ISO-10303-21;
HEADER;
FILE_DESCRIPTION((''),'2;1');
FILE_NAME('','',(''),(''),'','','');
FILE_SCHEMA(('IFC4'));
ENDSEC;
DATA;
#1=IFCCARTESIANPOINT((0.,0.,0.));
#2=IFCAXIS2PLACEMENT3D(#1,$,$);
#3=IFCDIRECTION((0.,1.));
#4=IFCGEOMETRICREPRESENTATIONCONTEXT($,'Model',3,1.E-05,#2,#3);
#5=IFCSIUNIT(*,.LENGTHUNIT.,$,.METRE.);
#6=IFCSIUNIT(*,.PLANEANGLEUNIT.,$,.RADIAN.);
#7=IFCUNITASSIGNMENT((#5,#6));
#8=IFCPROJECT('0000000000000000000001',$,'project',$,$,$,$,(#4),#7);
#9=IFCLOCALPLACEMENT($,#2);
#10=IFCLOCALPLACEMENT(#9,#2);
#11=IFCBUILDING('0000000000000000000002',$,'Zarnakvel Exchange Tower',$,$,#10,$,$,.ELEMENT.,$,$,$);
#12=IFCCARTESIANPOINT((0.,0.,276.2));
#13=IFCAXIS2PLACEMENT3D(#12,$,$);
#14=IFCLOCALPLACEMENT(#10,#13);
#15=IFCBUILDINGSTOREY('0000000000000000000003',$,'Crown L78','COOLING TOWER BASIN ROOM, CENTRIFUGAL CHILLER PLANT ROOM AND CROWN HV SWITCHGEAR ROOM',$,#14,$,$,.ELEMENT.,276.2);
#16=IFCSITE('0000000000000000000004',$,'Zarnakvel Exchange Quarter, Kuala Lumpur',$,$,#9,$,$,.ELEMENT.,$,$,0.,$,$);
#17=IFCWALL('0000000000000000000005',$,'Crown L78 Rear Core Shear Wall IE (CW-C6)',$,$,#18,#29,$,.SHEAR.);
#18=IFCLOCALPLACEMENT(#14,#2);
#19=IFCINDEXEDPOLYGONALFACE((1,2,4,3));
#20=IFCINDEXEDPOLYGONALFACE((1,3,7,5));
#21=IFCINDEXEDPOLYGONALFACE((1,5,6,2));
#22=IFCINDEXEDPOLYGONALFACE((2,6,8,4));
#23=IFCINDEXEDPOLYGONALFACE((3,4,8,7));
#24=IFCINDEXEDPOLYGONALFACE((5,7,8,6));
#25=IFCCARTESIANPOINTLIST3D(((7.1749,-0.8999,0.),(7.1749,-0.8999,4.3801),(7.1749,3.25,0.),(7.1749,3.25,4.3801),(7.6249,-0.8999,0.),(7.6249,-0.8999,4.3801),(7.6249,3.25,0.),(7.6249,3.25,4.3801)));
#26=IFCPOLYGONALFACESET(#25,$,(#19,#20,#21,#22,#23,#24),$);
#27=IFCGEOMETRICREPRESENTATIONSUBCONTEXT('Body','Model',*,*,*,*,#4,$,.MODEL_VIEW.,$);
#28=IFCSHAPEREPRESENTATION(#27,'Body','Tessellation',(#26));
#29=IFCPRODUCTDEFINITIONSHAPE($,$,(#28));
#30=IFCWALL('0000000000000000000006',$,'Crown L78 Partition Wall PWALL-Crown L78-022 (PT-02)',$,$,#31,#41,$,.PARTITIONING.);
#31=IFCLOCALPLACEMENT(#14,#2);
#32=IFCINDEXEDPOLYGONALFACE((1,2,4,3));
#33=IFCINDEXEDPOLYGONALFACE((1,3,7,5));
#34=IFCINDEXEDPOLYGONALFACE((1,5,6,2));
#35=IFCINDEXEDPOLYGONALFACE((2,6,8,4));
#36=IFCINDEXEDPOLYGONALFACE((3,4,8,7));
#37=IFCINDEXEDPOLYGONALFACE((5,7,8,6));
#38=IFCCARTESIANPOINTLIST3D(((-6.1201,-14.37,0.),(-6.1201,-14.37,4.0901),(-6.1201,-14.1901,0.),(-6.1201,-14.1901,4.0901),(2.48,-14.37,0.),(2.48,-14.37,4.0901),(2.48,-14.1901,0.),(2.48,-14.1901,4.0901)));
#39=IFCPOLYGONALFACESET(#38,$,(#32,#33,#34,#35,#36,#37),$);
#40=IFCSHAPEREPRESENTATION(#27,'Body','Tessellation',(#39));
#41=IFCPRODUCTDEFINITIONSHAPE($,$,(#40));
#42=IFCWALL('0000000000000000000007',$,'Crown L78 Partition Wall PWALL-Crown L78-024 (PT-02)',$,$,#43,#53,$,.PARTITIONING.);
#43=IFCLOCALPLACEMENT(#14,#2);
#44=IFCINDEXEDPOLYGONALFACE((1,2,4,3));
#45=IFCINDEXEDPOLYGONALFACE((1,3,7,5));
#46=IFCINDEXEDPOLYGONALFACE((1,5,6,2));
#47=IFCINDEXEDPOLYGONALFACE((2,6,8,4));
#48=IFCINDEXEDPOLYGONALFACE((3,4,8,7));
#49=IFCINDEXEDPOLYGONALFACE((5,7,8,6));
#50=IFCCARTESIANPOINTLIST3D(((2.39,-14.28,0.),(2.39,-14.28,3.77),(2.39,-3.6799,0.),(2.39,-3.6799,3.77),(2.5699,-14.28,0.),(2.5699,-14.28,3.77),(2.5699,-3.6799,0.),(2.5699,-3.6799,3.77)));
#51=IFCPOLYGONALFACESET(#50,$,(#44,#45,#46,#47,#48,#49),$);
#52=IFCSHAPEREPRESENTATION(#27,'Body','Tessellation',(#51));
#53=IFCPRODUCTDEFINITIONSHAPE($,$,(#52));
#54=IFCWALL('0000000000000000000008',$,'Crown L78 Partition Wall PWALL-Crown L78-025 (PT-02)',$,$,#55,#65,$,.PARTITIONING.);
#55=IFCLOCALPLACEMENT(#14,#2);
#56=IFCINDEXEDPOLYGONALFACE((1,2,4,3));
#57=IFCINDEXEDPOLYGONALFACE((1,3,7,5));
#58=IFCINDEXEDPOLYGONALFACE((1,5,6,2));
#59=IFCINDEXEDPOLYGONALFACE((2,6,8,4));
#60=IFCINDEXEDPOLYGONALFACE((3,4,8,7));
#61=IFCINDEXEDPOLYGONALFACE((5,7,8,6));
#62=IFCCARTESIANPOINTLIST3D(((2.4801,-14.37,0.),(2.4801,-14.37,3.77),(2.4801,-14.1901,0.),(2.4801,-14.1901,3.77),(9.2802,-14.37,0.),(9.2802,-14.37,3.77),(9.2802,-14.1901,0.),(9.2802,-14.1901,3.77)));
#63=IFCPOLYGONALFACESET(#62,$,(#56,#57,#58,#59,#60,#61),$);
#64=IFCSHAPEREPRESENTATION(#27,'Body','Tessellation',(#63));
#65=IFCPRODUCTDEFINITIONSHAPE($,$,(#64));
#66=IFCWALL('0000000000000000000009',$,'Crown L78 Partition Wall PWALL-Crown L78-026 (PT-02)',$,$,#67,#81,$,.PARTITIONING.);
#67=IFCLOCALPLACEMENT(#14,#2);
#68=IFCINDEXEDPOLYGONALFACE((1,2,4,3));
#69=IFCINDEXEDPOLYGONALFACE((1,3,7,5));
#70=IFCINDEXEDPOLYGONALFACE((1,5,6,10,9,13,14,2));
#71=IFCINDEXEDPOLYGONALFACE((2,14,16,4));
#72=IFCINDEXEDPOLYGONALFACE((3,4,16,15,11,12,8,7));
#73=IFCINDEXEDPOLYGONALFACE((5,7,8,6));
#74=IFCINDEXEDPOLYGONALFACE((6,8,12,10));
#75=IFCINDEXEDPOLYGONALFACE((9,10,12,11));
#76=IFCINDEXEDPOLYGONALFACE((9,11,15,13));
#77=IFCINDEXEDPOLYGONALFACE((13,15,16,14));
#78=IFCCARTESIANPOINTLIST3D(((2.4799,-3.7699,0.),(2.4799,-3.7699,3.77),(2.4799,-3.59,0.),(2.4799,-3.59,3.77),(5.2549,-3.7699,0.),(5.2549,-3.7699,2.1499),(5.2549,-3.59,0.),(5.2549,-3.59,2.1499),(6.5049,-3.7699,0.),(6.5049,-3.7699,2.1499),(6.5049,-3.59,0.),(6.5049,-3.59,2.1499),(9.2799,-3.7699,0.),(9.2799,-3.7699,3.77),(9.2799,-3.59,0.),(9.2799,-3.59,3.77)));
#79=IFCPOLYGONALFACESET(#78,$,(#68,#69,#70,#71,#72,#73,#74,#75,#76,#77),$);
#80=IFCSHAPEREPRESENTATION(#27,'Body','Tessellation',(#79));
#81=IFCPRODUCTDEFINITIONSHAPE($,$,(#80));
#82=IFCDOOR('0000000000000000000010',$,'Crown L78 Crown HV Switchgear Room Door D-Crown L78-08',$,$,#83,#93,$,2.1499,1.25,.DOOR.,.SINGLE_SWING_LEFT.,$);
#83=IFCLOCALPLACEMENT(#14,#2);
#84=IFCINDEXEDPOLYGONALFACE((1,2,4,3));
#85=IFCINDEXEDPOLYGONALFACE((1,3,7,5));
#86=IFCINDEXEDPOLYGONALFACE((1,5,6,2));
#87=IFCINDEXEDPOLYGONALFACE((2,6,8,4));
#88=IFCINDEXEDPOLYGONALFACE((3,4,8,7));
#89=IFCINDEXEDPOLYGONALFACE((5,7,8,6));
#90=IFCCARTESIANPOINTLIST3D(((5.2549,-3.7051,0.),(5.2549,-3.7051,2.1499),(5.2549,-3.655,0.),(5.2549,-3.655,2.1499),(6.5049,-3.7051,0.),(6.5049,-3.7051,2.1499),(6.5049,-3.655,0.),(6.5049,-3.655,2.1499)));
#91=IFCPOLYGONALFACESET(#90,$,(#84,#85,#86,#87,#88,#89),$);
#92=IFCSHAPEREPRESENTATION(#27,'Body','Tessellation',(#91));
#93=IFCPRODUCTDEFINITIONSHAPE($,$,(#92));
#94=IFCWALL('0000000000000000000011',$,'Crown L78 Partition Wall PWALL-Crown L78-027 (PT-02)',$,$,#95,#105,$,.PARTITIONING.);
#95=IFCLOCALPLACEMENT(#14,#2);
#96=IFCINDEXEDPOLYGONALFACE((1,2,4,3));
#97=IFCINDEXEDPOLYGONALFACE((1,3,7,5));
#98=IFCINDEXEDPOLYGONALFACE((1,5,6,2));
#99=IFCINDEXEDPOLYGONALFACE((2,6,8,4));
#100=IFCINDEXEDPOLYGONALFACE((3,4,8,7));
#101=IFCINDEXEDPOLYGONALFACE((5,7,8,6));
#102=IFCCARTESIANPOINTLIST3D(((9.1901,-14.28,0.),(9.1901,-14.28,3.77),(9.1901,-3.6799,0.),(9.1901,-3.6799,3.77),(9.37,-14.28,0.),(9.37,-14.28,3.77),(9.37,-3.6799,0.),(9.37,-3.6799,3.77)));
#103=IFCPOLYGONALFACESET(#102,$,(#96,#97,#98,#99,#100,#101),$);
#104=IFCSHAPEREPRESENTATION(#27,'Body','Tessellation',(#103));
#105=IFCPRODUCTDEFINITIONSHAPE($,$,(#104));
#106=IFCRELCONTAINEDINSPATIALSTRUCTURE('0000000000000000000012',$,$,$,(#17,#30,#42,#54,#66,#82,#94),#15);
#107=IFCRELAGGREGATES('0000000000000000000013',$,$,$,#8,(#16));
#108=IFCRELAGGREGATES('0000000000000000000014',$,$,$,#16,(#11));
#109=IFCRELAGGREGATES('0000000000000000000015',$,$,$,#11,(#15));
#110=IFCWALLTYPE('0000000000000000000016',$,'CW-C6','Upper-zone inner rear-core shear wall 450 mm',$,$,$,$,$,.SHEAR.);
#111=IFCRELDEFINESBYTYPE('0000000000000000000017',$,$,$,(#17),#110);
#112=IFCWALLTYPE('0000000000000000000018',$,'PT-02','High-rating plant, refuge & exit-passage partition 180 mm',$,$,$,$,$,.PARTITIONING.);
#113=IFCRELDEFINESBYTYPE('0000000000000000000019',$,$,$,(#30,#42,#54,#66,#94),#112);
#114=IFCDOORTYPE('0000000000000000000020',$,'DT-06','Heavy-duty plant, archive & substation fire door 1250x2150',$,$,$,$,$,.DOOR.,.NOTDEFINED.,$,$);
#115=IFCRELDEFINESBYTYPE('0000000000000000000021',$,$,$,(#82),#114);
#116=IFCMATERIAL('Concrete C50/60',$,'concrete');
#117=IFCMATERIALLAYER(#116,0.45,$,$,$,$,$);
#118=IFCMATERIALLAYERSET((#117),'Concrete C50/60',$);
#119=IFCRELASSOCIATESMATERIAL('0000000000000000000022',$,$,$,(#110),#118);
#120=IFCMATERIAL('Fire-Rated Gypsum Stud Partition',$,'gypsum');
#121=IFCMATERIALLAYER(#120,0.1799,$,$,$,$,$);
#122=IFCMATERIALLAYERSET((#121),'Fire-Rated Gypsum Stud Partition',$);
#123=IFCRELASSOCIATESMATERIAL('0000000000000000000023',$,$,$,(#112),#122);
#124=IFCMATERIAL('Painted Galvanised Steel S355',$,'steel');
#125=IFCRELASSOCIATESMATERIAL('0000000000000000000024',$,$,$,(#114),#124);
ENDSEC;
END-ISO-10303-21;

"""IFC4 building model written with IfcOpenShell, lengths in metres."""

from ifc_helpers import new_model, si_unit, direction, frame, frame_2d, origin, place, context, subcontext, project, spatial, rectangle, extrude, source, transform, mapped, material, layer, layer_set, type_object, element, fill, save


model = new_model("IFC4")

# Units and contexts
model_context = context("Model", 3, precision=1e-05, world=origin(), true_north=direction((0.0, 1.0)))
body_context = subcontext(model_context, "Body", "Model", "MODEL_VIEW")
ifc_project = project(units=[si_unit("LENGTHUNIT", "METRE"), si_unit("PLANEANGLEUNIT", "RADIAN")], contexts=[model_context])

# Site, building, storey
site_placement = place(None, origin())
site = spatial("IfcSite", under=ifc_project, at=site_placement, Name="Zarnakvel Exchange Quarter, Kuala Lumpur", CompositionType="ELEMENT", RefElevation=0.0)
building_placement = place(site_placement, origin())
building = spatial("IfcBuilding", under=site, at=building_placement, Name="Zarnakvel Exchange Tower", CompositionType="ELEMENT")
storey_placement = place(building_placement, frame((0.0, 0.0, 276.2)))
storey = spatial("IfcBuildingStorey", under=building, at=storey_placement, Name="Crown L78", Description="COOLING TOWER BASIN ROOM, CENTRIFUGAL CHILLER PLANT ROOM AND CROWN HV SWITCHGEAR ROOM", CompositionType="ELEMENT", Elevation=276.2)

# Shared definitions
ifc_material_1 = material(Name="Concrete C50/60", Category="concrete")

# Walls
ifc_layer_1 = layer(ifc_material_1, 0.45)
ifc_layer_set_1 = layer_set([ifc_layer_1], Name="Concrete C50/60")
wall_type_1 = type_object("IfcWallType", Name="CW-C6", Description="Upper-zone inner rear-core shear wall 450 mm", PredefinedType="SHEAR", material=ifc_layer_set_1)
wall_1_placement = place(storey_placement, frame((7.3999, -0.8999, 0.0), z_axis=(0.0, 0.0, 1.0), x_axis=(0.0, 1.0, 0.0)))
element("IfcWall", 1, at=wall_1_placement, inside=storey, type_object=wall_type_1, Name="Crown L78 Rear Core Shear Wall IE (CW-C6)", PredefinedType="SHEAR", context=body_context, shape_type="SweptSolid", body=[
    extrude(rectangle(XDim=4.1499, YDim=0.45, at=frame_2d((2.075, 0.0))), origin(), (0.0, 0.0, 1.0), 4.3801),
])
ifc_material_2 = material(Name="Fire-Rated Gypsum Stud Partition", Category="gypsum")
ifc_layer_2 = layer(ifc_material_2, 0.1799)
ifc_layer_set_2 = layer_set([ifc_layer_2], Name="Fire-Rated Gypsum Stud Partition")
wall_type_2 = type_object("IfcWallType", Name="PT-02", Description="High-rating plant, refuge & exit-passage partition 180 mm", PredefinedType="PARTITIONING", material=ifc_layer_set_2)
wall_2_placement = place(storey_placement, frame((2.48, -14.28, 0.0), z_axis=(0.0, 0.0, 1.0), x_axis=(-1.0, 0.0, 0.0)))
element("IfcWall", 2, at=wall_2_placement, inside=storey, type_object=wall_type_2, Name="Crown L78 Partition Wall PWALL-Crown L78-022 (PT-02)", PredefinedType="PARTITIONING", context=body_context, shape_type="SweptSolid", body=[
    extrude(rectangle(XDim=8.6001, YDim=0.1799, at=frame_2d((4.3, 0.0))), origin(), (0.0, 0.0, 1.0), 4.0901),
])
wall_3_placement = place(storey_placement, frame((2.48, -3.6799, 0.0), z_axis=(0.0, 0.0, 1.0), x_axis=(0.0, -1.0, 0.0)))
element("IfcWall", 3, at=wall_3_placement, inside=storey, type_object=wall_type_2, Name="Crown L78 Partition Wall PWALL-Crown L78-024 (PT-02)", PredefinedType="PARTITIONING", context=body_context, shape_type="SweptSolid", body=[
    extrude(rectangle(XDim=10.6001, YDim=0.1799, at=frame_2d((5.3, 0.0))), origin(), (0.0, 0.0, 1.0), 3.77),
])
wall_4_placement = place(storey_placement, frame((9.28, -14.28, 0.0), z_axis=(0.0, 0.0, 1.0), x_axis=(-1.0, 0.0, 0.0)))
element("IfcWall", 4, at=wall_4_placement, inside=storey, type_object=wall_type_2, Name="Crown L78 Partition Wall PWALL-Crown L78-025 (PT-02)", PredefinedType="PARTITIONING", context=body_context, shape_type="SweptSolid", body=[
    extrude(rectangle(XDim=6.8, YDim=0.1799, at=frame_2d((3.3999, 0.0))), origin(), (0.0, 0.0, 1.0), 3.77),
])

# Wall, opening, door
wall_5_placement = place(storey_placement, frame((2.48, -3.6799, 0.0), z_axis=(0.0, 0.0, 1.0), x_axis=(1.0, 0.0, 0.0)))
wall_5 = element("IfcWall", 5, at=wall_5_placement, inside=storey, type_object=wall_type_2, Name="Crown L78 Partition Wall PWALL-Crown L78-026 (PT-02)", PredefinedType="PARTITIONING", context=body_context, shape_type="SweptSolid", body=[
    extrude(rectangle(XDim=6.8, YDim=0.1799, at=frame_2d((3.3999, 0.0))), origin(), (0.0, 0.0, 1.0), 3.77),
])
opening_1_placement = place(wall_5_placement, frame((2.7749, 0.0, 0.0)))
opening_1 = element("IfcOpeningElement", 6, at=opening_1_placement, cuts=wall_5, PredefinedType="OPENING", context=body_context, shape_type="SweptSolid", body=[
    extrude(rectangle(XDim=1.25, YDim=2.1499, at=frame_2d((0.625, 1.075))), frame((0.0, 0.0999, 0.0), z_axis=(0.0, -1.0, 0.0), x_axis=(1.0, 0.0, 0.0)), (0.0, 0.0, 1.0), 0.2),
])
ifc_material_3 = material(Name="Painted Galvanised Steel S355", Category="steel")
door_type = type_object("IfcDoorType", Name="DT-06", Description="Heavy-duty plant, archive & substation fire door 1250x2150", OperationType="NOTDEFINED", PredefinedType="DOOR", material=ifc_material_3)
shared_shape_1 = source(origin(), body_context, "Body", "SweptSolid", [
    extrude(rectangle(XDim=1.25, YDim=2.1499, at=frame_2d((0.625, 1.075))), frame((0.0, 0.0249, 0.0), z_axis=(0.0, -1.0, 0.0), x_axis=(1.0, 0.0, 0.0)), (0.0, 0.0, 1.0), 0.05),
])
door_1_placement = place(opening_1_placement, origin())
door_1 = element("IfcDoor", 7, at=door_1_placement, inside=storey, type_object=door_type, Name="Crown L78 Crown HV Switchgear Room Door D-Crown L78-08", OperationType="SINGLE_SWING_LEFT", OverallHeight=2.1499, OverallWidth=1.25, PredefinedType="DOOR", context=body_context, shape_type="MappedRepresentation", body=[
    mapped(shared_shape_1, transform((0.0, 0.0, 0.0), x_axis=(1.0, 0.0, 0.0), y_axis=(0.0, 1.0, 0.0), z_axis=(0.0, 0.0, 1.0), scale=1.0)),
])
fill(opening_1, door_1)

# Wall
wall_6_placement = place(storey_placement, frame((9.28, -3.6799, 0.0), z_axis=(0.0, 0.0, 1.0), x_axis=(0.0, -1.0, 0.0)))
element("IfcWall", 8, at=wall_6_placement, inside=storey, type_object=wall_type_2, Name="Crown L78 Partition Wall PWALL-Crown L78-027 (PT-02)", PredefinedType="PARTITIONING", context=body_context, shape_type="SweptSolid", body=[
    extrude(rectangle(XDim=10.6001, YDim=0.1799, at=frame_2d((5.3, 0.0))), origin(), (0.0, 0.0, 1.0), 3.77),
])

save(model, "model.ifc")
